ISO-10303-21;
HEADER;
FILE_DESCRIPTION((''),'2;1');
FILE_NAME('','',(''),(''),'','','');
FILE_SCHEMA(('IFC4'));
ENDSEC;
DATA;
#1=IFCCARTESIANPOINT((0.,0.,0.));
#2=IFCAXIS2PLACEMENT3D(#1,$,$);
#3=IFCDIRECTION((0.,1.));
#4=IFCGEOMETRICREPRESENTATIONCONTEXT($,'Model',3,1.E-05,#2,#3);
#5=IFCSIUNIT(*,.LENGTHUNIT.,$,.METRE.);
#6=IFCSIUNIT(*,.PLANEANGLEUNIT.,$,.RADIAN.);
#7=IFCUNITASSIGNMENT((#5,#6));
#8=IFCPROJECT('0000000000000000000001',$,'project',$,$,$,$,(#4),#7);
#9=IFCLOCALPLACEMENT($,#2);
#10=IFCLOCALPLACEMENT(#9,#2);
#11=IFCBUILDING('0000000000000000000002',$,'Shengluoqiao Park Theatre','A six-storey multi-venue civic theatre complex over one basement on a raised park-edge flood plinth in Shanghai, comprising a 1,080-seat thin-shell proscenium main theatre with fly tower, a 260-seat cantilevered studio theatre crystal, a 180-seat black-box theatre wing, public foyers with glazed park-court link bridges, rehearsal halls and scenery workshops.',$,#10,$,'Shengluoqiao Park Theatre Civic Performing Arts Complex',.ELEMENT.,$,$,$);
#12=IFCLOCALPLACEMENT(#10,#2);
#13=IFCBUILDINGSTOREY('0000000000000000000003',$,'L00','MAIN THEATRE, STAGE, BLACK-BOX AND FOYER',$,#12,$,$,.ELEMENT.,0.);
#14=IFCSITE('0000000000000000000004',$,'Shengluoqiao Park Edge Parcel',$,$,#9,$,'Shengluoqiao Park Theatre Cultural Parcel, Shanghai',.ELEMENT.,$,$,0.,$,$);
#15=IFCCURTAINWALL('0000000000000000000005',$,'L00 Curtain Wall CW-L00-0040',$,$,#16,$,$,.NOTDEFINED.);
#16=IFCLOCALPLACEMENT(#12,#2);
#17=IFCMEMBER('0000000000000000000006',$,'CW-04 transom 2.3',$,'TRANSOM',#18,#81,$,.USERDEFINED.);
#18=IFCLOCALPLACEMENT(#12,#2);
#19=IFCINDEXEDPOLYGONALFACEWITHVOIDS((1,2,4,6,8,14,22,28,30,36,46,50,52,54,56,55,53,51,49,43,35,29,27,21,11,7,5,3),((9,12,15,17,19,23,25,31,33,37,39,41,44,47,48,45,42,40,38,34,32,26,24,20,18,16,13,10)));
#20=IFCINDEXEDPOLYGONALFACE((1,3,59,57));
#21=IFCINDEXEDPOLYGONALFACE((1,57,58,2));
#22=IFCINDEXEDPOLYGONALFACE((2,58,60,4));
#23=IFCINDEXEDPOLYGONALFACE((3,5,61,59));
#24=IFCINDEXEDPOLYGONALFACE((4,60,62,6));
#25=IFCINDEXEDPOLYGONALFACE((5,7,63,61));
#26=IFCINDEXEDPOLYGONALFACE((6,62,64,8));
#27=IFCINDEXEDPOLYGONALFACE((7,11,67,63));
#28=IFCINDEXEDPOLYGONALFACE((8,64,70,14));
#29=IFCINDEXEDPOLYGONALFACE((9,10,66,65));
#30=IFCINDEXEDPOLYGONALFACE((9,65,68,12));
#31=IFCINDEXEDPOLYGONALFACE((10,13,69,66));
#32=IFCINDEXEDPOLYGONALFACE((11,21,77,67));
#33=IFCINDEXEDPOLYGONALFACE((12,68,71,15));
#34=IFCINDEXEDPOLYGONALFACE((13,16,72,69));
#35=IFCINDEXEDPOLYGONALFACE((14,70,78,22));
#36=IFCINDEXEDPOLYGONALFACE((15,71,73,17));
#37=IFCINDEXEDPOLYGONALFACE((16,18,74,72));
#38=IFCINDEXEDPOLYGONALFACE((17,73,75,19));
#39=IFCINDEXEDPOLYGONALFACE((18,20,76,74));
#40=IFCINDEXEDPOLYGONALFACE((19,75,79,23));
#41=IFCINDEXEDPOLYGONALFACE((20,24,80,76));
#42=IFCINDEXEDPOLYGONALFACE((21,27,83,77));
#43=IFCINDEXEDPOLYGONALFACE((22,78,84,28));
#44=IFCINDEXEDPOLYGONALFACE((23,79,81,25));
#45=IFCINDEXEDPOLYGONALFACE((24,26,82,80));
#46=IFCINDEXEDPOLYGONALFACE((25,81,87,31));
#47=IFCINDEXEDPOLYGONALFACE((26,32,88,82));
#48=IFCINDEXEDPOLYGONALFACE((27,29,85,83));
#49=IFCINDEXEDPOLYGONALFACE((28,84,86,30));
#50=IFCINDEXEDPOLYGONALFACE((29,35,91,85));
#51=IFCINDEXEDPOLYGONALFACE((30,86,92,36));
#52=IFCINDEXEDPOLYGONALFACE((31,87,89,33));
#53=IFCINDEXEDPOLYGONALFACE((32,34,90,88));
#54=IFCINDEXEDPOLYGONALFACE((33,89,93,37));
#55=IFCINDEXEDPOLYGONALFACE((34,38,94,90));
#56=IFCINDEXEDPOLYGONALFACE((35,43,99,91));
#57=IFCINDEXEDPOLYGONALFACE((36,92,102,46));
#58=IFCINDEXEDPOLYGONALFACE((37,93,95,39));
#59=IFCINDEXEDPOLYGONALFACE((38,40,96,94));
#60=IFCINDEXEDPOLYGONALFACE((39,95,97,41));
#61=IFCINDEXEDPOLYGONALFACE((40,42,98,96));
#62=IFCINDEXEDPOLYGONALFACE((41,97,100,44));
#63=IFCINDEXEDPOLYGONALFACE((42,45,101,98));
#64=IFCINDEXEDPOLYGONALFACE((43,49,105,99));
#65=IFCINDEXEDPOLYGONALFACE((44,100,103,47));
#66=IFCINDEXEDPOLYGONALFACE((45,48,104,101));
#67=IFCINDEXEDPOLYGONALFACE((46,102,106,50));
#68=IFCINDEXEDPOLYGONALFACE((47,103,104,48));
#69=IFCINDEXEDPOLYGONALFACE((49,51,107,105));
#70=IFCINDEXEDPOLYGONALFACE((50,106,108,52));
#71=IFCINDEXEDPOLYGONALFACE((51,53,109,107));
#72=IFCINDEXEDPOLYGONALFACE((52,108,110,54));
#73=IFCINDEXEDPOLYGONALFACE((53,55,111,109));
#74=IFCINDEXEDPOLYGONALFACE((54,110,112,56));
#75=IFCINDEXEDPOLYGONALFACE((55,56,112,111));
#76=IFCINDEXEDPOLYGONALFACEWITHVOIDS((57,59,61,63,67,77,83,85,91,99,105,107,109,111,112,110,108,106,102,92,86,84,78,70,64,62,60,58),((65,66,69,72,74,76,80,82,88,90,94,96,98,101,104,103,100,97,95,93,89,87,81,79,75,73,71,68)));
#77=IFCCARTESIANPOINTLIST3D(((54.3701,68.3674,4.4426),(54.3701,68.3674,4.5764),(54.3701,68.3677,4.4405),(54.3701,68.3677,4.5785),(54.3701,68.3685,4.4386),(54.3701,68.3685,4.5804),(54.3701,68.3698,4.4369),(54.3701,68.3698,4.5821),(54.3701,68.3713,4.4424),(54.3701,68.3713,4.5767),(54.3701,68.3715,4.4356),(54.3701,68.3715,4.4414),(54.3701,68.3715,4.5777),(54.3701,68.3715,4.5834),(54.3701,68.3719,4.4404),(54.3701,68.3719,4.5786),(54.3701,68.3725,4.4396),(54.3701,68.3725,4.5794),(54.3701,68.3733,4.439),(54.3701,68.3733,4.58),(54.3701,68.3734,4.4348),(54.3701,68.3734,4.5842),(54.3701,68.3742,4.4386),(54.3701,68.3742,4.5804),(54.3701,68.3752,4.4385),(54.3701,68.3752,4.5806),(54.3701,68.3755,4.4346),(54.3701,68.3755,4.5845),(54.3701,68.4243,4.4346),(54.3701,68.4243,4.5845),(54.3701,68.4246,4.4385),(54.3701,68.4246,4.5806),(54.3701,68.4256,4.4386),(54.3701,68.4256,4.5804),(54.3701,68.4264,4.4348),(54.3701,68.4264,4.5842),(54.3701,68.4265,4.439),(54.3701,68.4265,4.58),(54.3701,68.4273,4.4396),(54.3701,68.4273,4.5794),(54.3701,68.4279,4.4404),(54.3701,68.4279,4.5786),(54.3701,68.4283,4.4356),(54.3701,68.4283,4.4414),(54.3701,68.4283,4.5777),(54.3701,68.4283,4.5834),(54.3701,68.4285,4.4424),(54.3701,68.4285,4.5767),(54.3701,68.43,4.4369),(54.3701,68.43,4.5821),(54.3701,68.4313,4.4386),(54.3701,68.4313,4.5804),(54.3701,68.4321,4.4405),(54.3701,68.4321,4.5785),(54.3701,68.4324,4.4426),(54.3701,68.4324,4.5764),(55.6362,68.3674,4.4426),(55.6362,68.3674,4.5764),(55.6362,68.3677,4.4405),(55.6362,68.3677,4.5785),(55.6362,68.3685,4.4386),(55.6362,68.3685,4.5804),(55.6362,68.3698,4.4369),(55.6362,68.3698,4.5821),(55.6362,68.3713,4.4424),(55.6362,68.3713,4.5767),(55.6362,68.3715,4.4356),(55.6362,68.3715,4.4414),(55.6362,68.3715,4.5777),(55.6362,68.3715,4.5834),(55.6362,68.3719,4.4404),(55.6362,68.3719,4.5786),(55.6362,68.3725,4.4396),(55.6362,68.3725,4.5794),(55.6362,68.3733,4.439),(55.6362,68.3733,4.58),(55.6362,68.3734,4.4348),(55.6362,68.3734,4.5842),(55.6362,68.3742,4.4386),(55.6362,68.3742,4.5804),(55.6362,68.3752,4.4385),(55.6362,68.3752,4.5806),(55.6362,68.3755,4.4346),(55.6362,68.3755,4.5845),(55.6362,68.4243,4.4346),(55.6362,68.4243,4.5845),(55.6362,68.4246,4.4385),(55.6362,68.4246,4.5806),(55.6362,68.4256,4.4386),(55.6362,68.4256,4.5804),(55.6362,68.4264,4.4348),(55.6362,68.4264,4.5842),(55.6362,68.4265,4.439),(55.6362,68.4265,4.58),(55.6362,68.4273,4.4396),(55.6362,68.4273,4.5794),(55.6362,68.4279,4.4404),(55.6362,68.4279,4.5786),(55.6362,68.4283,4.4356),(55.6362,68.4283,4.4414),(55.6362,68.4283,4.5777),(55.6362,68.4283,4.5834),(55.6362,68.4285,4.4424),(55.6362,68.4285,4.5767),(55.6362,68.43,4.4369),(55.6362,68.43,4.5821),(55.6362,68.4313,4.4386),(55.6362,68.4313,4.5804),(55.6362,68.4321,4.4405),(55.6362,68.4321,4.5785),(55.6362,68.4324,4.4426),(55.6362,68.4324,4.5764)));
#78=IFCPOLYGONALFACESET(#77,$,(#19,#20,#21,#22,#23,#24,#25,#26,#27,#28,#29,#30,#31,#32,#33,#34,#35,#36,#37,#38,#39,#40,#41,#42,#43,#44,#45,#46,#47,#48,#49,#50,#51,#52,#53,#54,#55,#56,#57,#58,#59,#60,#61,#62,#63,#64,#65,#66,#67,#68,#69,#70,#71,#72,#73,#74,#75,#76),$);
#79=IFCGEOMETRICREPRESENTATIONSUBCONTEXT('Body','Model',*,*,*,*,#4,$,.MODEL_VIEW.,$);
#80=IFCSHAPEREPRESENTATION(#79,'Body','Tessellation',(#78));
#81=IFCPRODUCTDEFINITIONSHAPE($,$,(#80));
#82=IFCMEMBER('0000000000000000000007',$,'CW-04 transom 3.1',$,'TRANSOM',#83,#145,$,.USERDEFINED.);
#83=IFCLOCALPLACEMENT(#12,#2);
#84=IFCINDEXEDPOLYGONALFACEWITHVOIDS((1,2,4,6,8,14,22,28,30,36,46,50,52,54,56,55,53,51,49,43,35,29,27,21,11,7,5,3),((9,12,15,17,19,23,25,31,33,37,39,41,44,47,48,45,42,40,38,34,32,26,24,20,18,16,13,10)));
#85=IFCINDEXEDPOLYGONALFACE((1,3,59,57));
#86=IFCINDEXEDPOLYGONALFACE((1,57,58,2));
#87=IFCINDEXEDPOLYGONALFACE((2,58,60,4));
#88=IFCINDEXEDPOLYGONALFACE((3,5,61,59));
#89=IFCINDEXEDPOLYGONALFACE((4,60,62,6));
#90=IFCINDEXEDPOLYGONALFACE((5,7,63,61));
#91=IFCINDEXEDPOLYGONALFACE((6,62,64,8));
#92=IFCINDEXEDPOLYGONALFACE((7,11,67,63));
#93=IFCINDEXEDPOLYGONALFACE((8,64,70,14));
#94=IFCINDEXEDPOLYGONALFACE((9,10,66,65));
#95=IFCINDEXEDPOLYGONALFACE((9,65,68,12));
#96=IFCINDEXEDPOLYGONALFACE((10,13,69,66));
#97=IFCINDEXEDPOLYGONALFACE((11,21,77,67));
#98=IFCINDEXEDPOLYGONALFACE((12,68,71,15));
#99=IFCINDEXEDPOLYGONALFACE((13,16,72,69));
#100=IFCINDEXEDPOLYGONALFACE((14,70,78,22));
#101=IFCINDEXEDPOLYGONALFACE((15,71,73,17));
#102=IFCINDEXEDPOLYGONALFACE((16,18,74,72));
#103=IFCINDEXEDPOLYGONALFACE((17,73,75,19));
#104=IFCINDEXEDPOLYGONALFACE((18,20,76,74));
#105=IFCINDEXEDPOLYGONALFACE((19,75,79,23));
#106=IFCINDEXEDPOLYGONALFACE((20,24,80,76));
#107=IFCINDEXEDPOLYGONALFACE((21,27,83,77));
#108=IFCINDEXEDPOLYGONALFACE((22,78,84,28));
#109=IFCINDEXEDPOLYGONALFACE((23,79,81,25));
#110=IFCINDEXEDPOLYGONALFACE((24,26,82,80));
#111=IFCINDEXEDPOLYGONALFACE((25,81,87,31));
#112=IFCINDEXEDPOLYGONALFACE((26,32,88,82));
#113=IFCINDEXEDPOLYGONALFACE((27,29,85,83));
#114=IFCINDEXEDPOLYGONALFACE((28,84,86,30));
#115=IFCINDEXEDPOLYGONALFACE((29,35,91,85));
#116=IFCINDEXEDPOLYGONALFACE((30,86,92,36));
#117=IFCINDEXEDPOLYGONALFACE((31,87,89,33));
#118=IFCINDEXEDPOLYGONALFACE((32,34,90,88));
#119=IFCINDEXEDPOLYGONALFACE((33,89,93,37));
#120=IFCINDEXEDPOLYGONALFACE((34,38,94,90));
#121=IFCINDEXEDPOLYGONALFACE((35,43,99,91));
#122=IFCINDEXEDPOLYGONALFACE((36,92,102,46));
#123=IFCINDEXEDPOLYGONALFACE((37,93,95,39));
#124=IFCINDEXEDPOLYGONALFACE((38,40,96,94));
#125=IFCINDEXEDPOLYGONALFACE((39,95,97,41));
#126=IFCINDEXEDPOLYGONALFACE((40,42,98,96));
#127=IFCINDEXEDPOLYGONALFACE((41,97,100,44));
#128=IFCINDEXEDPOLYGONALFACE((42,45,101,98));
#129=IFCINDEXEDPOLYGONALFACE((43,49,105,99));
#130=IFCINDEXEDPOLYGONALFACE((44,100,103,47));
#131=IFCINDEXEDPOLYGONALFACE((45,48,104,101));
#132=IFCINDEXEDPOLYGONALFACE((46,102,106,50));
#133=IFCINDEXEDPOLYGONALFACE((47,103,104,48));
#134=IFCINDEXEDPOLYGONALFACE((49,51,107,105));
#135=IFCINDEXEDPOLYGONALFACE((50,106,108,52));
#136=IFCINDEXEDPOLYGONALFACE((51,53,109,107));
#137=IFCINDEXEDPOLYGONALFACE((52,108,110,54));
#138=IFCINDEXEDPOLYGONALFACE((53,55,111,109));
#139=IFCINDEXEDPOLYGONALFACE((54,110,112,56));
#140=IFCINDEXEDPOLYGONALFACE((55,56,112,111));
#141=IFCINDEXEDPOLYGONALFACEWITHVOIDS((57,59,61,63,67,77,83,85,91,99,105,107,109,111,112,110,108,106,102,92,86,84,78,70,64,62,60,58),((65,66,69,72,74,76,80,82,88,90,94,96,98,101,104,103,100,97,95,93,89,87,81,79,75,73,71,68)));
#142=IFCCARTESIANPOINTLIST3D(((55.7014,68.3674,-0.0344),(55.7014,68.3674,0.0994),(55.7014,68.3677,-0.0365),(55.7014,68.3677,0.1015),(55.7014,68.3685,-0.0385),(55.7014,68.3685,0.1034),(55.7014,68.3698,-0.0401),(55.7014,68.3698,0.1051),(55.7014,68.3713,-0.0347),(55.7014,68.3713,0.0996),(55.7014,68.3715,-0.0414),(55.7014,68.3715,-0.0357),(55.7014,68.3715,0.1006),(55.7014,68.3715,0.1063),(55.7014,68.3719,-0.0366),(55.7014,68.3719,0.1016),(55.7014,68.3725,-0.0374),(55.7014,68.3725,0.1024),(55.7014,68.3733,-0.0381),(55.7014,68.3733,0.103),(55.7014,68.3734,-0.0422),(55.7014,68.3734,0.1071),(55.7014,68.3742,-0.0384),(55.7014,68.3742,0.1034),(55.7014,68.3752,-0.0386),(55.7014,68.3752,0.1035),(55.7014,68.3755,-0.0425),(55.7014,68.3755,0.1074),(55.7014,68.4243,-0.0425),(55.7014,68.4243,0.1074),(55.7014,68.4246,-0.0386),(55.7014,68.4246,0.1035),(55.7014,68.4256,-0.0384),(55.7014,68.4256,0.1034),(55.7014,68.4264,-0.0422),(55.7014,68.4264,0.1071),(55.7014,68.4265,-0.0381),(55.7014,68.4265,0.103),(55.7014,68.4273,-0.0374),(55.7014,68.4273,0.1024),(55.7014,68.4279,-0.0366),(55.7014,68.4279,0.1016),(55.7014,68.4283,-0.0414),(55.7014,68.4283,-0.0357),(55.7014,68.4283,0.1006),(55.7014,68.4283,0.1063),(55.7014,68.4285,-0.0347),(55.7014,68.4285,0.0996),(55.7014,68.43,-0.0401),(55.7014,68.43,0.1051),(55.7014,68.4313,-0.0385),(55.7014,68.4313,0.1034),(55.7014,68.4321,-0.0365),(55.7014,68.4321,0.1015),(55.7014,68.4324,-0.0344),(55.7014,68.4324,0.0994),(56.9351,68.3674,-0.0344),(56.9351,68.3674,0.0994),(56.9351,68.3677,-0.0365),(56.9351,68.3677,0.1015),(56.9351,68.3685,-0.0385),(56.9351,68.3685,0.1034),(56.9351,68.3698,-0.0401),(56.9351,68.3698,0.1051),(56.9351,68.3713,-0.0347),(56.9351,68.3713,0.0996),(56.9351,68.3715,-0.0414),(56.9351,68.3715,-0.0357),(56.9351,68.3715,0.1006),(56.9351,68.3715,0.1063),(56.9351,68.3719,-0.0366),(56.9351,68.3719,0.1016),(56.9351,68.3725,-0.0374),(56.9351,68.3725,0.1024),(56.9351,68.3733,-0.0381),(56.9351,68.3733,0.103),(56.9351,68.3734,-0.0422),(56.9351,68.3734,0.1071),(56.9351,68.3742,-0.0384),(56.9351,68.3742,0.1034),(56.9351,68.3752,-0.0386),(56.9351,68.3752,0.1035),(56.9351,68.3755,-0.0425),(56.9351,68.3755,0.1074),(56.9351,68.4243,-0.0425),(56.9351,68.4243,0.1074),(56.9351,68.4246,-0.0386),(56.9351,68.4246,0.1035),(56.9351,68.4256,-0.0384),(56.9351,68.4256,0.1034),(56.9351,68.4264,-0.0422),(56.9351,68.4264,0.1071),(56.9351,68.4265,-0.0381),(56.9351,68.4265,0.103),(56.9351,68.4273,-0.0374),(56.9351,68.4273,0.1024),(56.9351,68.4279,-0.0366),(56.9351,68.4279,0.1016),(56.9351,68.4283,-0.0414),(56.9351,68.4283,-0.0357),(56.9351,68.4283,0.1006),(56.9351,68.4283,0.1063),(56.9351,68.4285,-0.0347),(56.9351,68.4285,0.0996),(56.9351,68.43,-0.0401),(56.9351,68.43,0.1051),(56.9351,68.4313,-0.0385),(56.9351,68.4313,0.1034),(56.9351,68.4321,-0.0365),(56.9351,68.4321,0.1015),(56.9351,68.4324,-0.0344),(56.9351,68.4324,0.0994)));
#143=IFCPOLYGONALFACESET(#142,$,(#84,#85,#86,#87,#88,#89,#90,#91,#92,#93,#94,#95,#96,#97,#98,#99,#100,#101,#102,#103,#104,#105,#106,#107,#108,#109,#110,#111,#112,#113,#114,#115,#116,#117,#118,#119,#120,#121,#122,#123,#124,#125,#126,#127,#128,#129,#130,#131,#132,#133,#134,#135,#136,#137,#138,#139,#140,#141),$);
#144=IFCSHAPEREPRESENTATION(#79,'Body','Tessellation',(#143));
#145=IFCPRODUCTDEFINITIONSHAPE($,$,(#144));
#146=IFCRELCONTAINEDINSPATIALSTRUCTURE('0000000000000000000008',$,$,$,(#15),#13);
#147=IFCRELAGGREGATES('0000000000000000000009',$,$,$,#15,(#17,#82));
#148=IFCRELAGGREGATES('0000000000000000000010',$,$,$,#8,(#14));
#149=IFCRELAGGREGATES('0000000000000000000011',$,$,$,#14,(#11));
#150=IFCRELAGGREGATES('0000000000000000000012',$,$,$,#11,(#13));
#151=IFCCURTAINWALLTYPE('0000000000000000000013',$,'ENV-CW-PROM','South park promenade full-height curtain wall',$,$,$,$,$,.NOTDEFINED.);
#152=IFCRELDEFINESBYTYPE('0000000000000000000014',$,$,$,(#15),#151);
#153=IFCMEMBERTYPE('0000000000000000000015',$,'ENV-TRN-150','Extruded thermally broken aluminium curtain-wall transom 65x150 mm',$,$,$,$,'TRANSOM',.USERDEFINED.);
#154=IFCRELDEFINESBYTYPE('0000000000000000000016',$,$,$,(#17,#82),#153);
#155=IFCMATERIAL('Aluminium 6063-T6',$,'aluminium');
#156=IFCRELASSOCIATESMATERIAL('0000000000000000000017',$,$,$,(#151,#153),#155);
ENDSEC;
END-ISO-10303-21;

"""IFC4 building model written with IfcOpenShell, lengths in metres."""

from ifc_helpers import new_model, si_unit, direction, frame, origin, origin_2d, place, context, subcontext, project, spatial, hollow_rectangle, extrude, material, material_profile, profile_set, type_object, element, aggregate, save


model = new_model("IFC4")

# Units and contexts
model_context = context("Model", 3, precision=1e-05, world=origin(), true_north=direction((0.0, 1.0)))
body_context = subcontext(model_context, "Body", "Model", "MODEL_VIEW")
ifc_project = project(units=[si_unit("LENGTHUNIT", "METRE"), si_unit("PLANEANGLEUNIT", "RADIAN")], contexts=[model_context])

# Site, building, storey
site_placement = place(None, origin())
site = spatial("IfcSite", under=ifc_project, at=site_placement, Name="Shengluoqiao Park Edge Parcel", LongName="Shengluoqiao Park Theatre Cultural Parcel, Shanghai", CompositionType="ELEMENT", RefElevation=0.0)
building_placement = place(site_placement, origin())
building = spatial("IfcBuilding", under=site, at=building_placement, Name="Shengluoqiao Park Theatre", Description="A six-storey multi-venue civic theatre complex over one basement on a raised park-edge flood plinth in Shanghai, comprising a 1,080-seat thin-shell proscenium main theatre with fly tower, a 260-seat cantilevered studio theatre crystal, a 180-seat black-box theatre wing, public foyers with glazed park-court link bridges, rehearsal halls and scenery workshops.", LongName="Shengluoqiao Park Theatre Civic Performing Arts Complex", CompositionType="ELEMENT")
storey_placement = place(building_placement, origin())
storey = spatial("IfcBuildingStorey", under=building, at=storey_placement, Name="L00", Description="MAIN THEATRE, STAGE, BLACK-BOX AND FOYER", CompositionType="ELEMENT", Elevation=0.0)

# Curtain wall, members
ifc_material_1 = material(Name="Aluminium 6063-T6", Category="aluminium")
curtain_wall_type = type_object("IfcCurtainWallType", Name="ENV-CW-PROM", Description="South park promenade full-height curtain wall", PredefinedType="NOTDEFINED", material=ifc_material_1)
curtain_wall_placement = place(storey_placement, origin())
curtain_wall = element("IfcCurtainWall", 1, at=curtain_wall_placement, inside=storey, type_object=curtain_wall_type, Name="L00 Curtain Wall CW-L00-0040", PredefinedType="NOTDEFINED")
ifc_material_profile_1 = material_profile(ifc_material_1, hollow_rectangle(XDim=0.0649, YDim=0.1499, WallThickness=0.0039, InnerFilletRadius=0.0039, OuterFilletRadius=0.0081, at=origin_2d()), Name="ALU TRANSOM 150x65x4")
ifc_profile_set_1 = profile_set([ifc_material_profile_1], Name="Aluminium 6063-T6")
member_type_1 = type_object("IfcMemberType", Name="ENV-TRN-150", Description="Extruded thermally broken aluminium curtain-wall transom 65x150 mm", ElementType="TRANSOM", PredefinedType="USERDEFINED", material=ifc_profile_set_1)
member_1_placement = place(storey_placement, frame((54.3701, 68.3999, 4.5095), z_axis=(1.0, 0.0, 0.0), x_axis=(0.0, 1.0, 0.0)))
member_1 = element("IfcMember", 2, at=member_1_placement, type_object=member_type_1, Name="CW-04 transom 2.3", ObjectType="TRANSOM", PredefinedType="USERDEFINED", context=body_context, shape_type="SweptSolid", body=[
    extrude(hollow_rectangle(XDim=0.0649, YDim=0.1499, WallThickness=0.0039, InnerFilletRadius=0.0039, OuterFilletRadius=0.0081, at=origin_2d()), origin(), (0.0, 0.0, 1.0), 1.2661),
])
member_2_placement = place(storey_placement, frame((55.7014, 68.3999, 0.0325), z_axis=(1.0, 0.0, 0.0), x_axis=(0.0, 1.0, 0.0)))
member_2 = element("IfcMember", 3, at=member_2_placement, type_object=member_type_1, Name="CW-04 transom 3.1", ObjectType="TRANSOM", PredefinedType="USERDEFINED", context=body_context, shape_type="SweptSolid", body=[
    extrude(hollow_rectangle(XDim=0.0649, YDim=0.1499, WallThickness=0.0039, InnerFilletRadius=0.0039, OuterFilletRadius=0.0081, at=origin_2d()), origin(), (0.0, 0.0, 1.0), 1.2336),
])
aggregate(curtain_wall, [member_1, member_2])

save(model, "model.ifc")
